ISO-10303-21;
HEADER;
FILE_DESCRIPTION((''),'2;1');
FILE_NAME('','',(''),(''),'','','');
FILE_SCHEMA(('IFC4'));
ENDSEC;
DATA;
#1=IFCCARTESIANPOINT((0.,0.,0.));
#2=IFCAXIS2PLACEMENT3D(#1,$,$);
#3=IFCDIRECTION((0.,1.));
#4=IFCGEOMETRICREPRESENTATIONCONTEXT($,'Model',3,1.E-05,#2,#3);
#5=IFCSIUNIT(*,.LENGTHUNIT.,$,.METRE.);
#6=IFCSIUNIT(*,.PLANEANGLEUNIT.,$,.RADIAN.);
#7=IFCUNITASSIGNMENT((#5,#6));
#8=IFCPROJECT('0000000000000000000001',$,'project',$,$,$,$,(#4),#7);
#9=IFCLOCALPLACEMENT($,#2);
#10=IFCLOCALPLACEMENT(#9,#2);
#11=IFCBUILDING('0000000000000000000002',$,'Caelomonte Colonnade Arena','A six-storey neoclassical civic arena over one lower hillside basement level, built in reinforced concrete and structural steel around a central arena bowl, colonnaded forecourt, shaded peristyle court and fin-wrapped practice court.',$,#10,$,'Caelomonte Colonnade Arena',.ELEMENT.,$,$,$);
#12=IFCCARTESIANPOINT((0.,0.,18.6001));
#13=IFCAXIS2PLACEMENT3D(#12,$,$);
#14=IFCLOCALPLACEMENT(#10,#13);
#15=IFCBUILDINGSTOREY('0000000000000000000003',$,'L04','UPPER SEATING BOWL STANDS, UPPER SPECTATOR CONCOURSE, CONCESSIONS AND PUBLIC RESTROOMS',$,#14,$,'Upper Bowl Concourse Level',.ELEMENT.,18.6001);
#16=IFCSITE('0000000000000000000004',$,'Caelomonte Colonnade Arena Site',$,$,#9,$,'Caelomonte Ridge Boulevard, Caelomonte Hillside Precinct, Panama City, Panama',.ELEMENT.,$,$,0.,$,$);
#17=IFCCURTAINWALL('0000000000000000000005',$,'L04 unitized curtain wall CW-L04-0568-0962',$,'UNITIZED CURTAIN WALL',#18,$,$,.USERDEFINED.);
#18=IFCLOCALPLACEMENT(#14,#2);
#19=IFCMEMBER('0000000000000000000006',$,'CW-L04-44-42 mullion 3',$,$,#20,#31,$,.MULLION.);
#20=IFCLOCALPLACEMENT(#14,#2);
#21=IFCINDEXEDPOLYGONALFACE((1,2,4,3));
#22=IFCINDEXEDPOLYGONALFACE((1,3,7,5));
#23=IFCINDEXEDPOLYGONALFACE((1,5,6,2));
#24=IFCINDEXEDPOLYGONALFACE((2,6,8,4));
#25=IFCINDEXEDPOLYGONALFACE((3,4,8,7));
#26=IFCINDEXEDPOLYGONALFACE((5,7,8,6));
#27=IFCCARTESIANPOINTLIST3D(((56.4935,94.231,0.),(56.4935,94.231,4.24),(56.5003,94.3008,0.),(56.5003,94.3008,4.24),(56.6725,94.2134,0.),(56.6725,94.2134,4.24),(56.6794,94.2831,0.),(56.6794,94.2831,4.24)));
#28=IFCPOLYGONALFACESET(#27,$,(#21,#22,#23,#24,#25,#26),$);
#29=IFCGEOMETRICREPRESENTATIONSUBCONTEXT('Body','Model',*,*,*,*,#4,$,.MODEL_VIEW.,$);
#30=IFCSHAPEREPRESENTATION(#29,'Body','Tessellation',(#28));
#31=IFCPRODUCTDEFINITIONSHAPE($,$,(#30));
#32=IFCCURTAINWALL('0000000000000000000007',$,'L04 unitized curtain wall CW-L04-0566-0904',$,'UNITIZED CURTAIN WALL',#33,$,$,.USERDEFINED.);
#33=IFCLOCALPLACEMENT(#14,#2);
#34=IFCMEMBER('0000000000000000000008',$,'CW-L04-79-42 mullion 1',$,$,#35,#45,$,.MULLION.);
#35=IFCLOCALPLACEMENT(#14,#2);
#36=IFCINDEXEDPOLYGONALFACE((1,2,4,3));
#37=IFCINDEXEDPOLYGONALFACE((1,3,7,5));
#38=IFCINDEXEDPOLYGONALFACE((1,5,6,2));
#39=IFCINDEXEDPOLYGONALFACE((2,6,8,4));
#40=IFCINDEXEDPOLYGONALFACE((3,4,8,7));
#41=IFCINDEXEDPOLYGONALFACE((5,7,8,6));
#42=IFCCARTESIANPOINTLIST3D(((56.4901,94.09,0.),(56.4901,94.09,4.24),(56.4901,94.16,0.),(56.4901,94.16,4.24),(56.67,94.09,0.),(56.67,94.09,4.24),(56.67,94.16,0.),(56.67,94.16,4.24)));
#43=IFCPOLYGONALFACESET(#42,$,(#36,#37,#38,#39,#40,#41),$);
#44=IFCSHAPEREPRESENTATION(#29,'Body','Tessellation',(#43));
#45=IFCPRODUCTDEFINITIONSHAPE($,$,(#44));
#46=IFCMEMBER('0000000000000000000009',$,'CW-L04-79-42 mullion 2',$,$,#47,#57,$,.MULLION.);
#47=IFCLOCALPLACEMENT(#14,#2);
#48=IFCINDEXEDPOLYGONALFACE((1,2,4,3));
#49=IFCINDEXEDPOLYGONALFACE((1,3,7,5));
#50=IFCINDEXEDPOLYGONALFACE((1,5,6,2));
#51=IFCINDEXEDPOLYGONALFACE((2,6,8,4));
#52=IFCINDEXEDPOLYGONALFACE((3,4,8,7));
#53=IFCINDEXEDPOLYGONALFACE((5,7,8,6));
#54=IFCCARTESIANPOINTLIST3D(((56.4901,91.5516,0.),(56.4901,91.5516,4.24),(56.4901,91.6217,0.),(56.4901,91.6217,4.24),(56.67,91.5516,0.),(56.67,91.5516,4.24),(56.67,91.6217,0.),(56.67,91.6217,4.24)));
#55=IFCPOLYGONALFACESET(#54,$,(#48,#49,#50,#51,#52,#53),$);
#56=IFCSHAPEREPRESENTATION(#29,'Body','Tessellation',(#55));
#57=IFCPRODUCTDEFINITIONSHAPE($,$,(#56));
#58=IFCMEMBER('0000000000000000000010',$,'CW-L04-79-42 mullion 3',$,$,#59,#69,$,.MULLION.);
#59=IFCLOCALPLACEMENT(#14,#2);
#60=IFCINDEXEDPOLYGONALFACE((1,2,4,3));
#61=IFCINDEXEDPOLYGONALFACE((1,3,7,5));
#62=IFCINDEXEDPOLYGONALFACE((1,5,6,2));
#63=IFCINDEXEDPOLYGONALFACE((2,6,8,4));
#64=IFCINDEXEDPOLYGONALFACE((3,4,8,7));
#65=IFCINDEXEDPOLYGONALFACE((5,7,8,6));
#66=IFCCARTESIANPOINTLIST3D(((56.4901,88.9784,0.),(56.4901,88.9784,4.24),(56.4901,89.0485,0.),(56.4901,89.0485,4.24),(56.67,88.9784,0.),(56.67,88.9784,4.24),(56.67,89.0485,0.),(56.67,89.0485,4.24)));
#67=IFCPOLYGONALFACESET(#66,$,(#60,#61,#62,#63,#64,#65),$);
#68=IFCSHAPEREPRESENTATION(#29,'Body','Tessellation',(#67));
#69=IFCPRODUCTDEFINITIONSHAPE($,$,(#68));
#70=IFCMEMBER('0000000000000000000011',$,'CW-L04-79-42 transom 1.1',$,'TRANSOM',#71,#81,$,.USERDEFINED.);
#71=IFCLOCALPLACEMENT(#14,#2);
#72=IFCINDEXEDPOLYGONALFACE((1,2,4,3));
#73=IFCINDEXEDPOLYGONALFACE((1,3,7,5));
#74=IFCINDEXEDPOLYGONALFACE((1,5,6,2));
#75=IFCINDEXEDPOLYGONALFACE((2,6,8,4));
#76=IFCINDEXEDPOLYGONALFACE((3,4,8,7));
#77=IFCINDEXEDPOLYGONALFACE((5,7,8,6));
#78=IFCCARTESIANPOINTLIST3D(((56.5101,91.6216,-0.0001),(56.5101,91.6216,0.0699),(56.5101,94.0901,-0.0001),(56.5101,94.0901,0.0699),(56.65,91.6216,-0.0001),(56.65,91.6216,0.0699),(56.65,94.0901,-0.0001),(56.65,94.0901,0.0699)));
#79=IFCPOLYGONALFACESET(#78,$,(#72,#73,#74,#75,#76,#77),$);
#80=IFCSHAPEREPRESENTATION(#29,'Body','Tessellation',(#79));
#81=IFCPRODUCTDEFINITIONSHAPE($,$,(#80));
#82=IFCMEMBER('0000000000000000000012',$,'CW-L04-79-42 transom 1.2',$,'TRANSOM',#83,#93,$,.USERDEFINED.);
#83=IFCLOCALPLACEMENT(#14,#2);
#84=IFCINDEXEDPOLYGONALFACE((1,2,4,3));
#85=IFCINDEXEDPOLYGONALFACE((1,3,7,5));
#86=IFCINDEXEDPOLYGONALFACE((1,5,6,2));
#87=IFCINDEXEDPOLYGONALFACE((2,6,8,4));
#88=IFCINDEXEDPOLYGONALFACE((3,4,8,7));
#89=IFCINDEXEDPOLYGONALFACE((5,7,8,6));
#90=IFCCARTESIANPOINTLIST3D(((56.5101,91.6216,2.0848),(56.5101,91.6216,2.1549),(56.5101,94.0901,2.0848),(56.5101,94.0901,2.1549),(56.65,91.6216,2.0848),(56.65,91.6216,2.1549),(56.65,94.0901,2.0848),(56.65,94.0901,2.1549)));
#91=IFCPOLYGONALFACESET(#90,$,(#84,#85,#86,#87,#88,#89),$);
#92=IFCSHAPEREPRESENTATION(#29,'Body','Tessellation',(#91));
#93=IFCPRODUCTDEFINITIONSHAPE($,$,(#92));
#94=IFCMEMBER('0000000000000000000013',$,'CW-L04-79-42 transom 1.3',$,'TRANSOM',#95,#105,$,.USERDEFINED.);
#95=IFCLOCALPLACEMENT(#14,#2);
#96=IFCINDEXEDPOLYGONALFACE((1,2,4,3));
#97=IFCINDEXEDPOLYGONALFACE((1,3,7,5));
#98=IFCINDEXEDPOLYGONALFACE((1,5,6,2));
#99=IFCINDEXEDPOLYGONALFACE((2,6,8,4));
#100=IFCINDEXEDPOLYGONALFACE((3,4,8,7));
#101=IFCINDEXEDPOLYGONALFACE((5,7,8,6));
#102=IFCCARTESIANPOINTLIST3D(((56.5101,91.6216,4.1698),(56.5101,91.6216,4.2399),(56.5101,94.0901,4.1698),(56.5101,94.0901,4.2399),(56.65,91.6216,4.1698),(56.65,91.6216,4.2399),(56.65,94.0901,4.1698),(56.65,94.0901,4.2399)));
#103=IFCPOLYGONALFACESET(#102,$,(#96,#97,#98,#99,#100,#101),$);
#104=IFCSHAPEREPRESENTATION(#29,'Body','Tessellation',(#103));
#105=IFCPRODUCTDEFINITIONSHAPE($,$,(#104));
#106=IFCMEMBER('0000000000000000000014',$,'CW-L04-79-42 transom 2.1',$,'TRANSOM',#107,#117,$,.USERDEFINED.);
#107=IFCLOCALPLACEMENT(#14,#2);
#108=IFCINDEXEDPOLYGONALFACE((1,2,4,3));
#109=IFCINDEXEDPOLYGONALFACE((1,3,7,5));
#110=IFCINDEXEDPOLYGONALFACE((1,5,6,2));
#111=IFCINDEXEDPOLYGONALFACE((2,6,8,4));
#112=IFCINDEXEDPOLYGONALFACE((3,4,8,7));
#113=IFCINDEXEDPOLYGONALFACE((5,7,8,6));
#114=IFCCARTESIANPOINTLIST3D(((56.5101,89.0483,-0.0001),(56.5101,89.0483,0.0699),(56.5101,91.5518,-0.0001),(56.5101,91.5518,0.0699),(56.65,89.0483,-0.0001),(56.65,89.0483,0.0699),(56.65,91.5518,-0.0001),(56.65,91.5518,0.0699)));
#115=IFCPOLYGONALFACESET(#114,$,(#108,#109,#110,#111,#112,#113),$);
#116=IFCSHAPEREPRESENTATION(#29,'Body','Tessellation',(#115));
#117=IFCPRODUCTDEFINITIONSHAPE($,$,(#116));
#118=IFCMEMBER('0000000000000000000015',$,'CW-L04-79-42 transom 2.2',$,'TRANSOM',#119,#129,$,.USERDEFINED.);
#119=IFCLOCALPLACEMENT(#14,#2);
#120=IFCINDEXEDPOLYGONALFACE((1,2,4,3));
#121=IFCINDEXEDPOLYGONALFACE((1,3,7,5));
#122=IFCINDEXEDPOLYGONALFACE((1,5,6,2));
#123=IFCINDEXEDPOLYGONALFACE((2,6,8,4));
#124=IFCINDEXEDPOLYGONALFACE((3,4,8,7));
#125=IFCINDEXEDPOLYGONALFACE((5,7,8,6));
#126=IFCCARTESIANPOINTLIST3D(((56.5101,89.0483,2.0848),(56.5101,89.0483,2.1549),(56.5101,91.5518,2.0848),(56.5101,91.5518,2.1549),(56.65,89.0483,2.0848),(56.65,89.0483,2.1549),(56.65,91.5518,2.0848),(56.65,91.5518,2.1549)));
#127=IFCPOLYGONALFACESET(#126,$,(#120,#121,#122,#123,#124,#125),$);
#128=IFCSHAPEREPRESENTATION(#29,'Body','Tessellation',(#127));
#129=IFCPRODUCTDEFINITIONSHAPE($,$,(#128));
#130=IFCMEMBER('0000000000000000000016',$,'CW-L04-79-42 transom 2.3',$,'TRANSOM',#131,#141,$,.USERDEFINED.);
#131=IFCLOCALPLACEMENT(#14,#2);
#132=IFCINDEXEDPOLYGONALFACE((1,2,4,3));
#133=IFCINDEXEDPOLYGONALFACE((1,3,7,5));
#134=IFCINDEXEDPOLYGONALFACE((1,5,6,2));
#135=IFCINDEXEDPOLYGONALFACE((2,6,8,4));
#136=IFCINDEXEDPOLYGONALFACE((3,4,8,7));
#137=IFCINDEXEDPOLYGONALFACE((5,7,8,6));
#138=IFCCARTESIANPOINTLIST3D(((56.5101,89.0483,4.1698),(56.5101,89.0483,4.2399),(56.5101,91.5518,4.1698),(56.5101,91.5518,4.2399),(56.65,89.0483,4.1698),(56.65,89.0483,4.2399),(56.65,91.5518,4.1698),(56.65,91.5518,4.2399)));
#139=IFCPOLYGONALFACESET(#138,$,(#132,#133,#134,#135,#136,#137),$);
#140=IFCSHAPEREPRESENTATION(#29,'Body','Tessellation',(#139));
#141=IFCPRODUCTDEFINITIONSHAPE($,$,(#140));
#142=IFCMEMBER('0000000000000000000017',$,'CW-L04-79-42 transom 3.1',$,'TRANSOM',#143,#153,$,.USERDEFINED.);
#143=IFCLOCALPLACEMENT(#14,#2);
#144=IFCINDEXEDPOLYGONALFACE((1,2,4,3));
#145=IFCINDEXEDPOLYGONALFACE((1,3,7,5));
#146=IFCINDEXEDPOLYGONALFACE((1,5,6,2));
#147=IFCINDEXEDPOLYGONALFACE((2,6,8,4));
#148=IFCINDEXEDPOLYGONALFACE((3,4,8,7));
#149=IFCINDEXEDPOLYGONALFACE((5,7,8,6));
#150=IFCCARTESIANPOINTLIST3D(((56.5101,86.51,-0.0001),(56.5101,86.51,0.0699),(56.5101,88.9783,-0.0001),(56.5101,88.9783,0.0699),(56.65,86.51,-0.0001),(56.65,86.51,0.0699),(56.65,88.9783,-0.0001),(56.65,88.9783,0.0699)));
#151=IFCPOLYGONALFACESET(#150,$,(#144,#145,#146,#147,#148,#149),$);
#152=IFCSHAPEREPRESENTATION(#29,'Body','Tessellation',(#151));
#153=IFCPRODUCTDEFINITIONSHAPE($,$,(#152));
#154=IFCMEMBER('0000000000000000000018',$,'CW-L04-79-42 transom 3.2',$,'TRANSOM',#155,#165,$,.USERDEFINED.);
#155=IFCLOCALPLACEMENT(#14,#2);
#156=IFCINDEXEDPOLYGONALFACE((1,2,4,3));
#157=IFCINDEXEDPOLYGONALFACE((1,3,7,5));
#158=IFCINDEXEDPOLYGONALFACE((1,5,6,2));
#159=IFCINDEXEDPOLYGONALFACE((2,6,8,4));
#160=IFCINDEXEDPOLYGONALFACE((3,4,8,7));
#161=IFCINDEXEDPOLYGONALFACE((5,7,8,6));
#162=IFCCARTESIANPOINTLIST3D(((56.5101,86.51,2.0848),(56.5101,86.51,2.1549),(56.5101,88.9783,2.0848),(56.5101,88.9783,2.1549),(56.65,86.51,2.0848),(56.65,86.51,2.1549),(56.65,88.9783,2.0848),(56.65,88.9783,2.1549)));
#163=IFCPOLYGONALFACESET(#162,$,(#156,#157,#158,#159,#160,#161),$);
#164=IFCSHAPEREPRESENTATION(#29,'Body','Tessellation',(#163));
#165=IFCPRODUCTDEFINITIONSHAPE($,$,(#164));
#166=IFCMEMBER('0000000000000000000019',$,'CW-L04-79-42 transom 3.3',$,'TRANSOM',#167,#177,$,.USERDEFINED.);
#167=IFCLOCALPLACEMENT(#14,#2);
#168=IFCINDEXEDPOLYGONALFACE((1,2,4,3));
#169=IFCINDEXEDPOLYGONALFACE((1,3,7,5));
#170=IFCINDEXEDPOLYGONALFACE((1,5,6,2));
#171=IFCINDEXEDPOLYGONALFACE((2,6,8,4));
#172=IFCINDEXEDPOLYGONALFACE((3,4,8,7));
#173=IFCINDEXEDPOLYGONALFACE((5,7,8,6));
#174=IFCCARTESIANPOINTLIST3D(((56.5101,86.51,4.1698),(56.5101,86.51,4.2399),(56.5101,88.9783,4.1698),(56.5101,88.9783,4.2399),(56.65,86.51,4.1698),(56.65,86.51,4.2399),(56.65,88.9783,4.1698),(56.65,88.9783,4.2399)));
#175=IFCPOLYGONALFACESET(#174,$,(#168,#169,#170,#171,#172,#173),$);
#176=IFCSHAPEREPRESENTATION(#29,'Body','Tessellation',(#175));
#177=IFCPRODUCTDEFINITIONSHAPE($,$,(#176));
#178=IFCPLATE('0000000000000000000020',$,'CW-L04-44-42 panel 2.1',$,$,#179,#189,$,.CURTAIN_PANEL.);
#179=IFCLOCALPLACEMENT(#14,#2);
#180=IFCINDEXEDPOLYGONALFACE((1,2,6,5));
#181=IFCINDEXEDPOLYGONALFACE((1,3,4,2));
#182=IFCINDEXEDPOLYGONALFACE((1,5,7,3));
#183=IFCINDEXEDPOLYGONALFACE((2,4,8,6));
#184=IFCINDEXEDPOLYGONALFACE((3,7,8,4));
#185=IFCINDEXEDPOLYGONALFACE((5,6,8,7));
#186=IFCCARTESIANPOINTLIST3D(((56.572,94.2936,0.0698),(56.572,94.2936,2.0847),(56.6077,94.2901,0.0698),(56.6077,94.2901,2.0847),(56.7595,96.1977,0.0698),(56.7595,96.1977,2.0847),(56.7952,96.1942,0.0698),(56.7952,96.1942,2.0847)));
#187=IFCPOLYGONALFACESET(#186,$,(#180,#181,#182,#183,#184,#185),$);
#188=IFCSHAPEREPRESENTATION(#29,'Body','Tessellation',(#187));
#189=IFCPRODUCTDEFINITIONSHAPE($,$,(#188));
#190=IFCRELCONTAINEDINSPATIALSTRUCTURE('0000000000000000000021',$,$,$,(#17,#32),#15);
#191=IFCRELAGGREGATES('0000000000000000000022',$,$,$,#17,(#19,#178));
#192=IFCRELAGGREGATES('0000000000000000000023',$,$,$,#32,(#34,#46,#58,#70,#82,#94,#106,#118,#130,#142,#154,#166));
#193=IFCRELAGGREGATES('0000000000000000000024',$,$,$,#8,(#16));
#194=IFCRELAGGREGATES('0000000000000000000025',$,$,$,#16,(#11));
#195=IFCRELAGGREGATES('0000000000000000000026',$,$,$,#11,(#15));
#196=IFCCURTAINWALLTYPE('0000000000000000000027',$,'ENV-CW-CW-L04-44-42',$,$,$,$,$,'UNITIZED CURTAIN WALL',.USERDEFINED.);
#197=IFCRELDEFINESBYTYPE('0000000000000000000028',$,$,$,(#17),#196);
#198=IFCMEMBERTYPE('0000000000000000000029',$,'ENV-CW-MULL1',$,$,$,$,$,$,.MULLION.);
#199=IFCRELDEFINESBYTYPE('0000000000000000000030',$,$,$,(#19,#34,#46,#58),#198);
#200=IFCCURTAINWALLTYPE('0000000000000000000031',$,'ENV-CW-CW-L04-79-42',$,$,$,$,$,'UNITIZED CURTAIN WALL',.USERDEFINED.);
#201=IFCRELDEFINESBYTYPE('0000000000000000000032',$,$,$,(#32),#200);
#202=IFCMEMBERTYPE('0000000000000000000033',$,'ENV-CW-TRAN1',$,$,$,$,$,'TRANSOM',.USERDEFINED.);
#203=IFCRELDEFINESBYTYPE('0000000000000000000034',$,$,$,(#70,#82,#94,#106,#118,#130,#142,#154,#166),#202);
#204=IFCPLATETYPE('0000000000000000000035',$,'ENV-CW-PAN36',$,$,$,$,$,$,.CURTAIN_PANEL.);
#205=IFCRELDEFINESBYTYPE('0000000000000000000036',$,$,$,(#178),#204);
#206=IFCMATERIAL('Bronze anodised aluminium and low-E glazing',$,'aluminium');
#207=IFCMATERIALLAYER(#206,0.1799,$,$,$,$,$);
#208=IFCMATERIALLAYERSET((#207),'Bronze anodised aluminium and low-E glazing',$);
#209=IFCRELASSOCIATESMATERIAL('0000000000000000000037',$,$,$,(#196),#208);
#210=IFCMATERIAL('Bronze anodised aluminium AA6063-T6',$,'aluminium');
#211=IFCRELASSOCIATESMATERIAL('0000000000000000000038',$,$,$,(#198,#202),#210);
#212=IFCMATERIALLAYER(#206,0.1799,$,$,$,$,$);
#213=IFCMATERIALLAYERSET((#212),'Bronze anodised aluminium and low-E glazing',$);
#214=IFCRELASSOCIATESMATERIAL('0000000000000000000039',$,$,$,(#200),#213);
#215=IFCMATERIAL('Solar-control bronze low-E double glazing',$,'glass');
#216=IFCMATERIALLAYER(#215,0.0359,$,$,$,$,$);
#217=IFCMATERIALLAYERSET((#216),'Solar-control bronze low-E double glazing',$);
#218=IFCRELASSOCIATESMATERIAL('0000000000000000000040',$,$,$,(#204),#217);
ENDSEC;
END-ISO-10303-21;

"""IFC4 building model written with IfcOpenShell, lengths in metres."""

from ifc_helpers import new_model, si_unit, direction, frame, origin, origin_2d, place, context, subcontext, project, spatial, rectangle, extrude, material, layer, layer_set, material_profile, profile_set, type_object, element, aggregate, save


model = new_model("IFC4")

# Units and contexts
model_context = context("Model", 3, precision=1e-05, world=origin(), true_north=direction((0.0, 1.0)))
body_context = subcontext(model_context, "Body", "Model", "MODEL_VIEW")
ifc_project = project(units=[si_unit("LENGTHUNIT", "METRE"), si_unit("PLANEANGLEUNIT", "RADIAN")], contexts=[model_context])

# Site, building, storey
site_placement = place(None, origin())
site = spatial("IfcSite", under=ifc_project, at=site_placement, Name="Caelomonte Colonnade Arena Site", LongName="Caelomonte Ridge Boulevard, Caelomonte Hillside Precinct, Panama City, Panama", CompositionType="ELEMENT", RefElevation=0.0)
building_placement = place(site_placement, origin())
building = spatial("IfcBuilding", under=site, at=building_placement, Name="Caelomonte Colonnade Arena", Description="A six-storey neoclassical civic arena over one lower hillside basement level, built in reinforced concrete and structural steel around a central arena bowl, colonnaded forecourt, shaded peristyle court and fin-wrapped practice court.", LongName="Caelomonte Colonnade Arena", CompositionType="ELEMENT")
storey_placement = place(building_placement, frame((0.0, 0.0, 18.6001)))
storey = spatial("IfcBuildingStorey", under=building, at=storey_placement, Name="L04", Description="UPPER SEATING BOWL STANDS, UPPER SPECTATOR CONCOURSE, CONCESSIONS AND PUBLIC RESTROOMS", LongName="Upper Bowl Concourse Level", CompositionType="ELEMENT", Elevation=18.6001)

# Curtain wall, member
ifc_material_1 = material(Name="Bronze anodised aluminium and low-E glazing", Category="aluminium")
ifc_layer_1 = layer(ifc_material_1, 0.1799)
ifc_layer_set_1 = layer_set([ifc_layer_1], Name="Bronze anodised aluminium and low-E glazing")
curtain_wall_type_1 = type_object("IfcCurtainWallType", Name="ENV-CW-CW-L04-44-42", ElementType="UNITIZED CURTAIN WALL", PredefinedType="USERDEFINED", material=ifc_layer_set_1)
curtain_wall_1_placement = place(storey_placement, origin())
curtain_wall_1 = element("IfcCurtainWall", 1, at=curtain_wall_1_placement, inside=storey, type_object=curtain_wall_type_1, Name="L04 unitized curtain wall CW-L04-0568-0962", ObjectType="UNITIZED CURTAIN WALL", PredefinedType="USERDEFINED")
ifc_material_2 = material(Name="Bronze anodised aluminium AA6063-T6", Category="aluminium")
ifc_material_profile_1 = material_profile(ifc_material_2, rectangle(XDim=0.0701, YDim=0.1799, at=origin_2d()), Name="CWM-70X180")
ifc_profile_set_1 = profile_set([ifc_material_profile_1], Name="Bronze anodised aluminium AA6063-T6")
member_type_1 = type_object("IfcMemberType", Name="ENV-CW-MULL1", PredefinedType="MULLION", material=ifc_profile_set_1)
member_1_placement = place(storey_placement, frame((56.5864, 94.2571, 0.0), z_axis=(0.0, 0.0, 1.0), x_axis=(-0.098002, -0.995186, 0.0)))
member_1 = element("IfcMember", 2, at=member_1_placement, type_object=member_type_1, Name="CW-L04-44-42 mullion 3", PredefinedType="MULLION", context=body_context, shape_type="SweptSolid", body=[
    extrude(rectangle(XDim=0.0701, YDim=0.1799, at=origin_2d()), origin(), (0.0, 0.0, 1.0), 4.24),
])

# Curtain wall, members
ifc_layer_2 = layer(ifc_material_1, 0.1799)
ifc_layer_set_2 = layer_set([ifc_layer_2], Name="Bronze anodised aluminium and low-E glazing")
curtain_wall_type_2 = type_object("IfcCurtainWallType", Name="ENV-CW-CW-L04-79-42", ElementType="UNITIZED CURTAIN WALL", PredefinedType="USERDEFINED", material=ifc_layer_set_2)
curtain_wall_2_placement = place(storey_placement, origin())
curtain_wall_2 = element("IfcCurtainWall", 3, at=curtain_wall_2_placement, inside=storey, type_object=curtain_wall_type_2, Name="L04 unitized curtain wall CW-L04-0566-0904", ObjectType="UNITIZED CURTAIN WALL", PredefinedType="USERDEFINED")
member_2_placement = place(storey_placement, frame((56.5801, 94.125, 0.0), z_axis=(0.0, 0.0, 1.0), x_axis=(0.0, -1.0, 0.0)))
member_2 = element("IfcMember", 4, at=member_2_placement, type_object=member_type_1, Name="CW-L04-79-42 mullion 1", PredefinedType="MULLION", context=body_context, shape_type="SweptSolid", body=[
    extrude(rectangle(XDim=0.0701, YDim=0.1799, at=origin_2d()), origin(), (0.0, 0.0, 1.0), 4.24),
])
member_3_placement = place(storey_placement, frame((56.5801, 91.5867, 0.0), z_axis=(0.0, 0.0, 1.0), x_axis=(0.0, -1.0, 0.0)))
member_3 = element("IfcMember", 5, at=member_3_placement, type_object=member_type_1, Name="CW-L04-79-42 mullion 2", PredefinedType="MULLION", context=body_context, shape_type="SweptSolid", body=[
    extrude(rectangle(XDim=0.0701, YDim=0.1799, at=origin_2d()), origin(), (0.0, 0.0, 1.0), 4.24),
])
member_4_placement = place(storey_placement, frame((56.5801, 89.0134, 0.0), z_axis=(0.0, 0.0, 1.0), x_axis=(0.0, -1.0, 0.0)))
member_4 = element("IfcMember", 6, at=member_4_placement, type_object=member_type_1, Name="CW-L04-79-42 mullion 3", PredefinedType="MULLION", context=body_context, shape_type="SweptSolid", body=[
    extrude(rectangle(XDim=0.0701, YDim=0.1799, at=origin_2d()), origin(), (0.0, 0.0, 1.0), 4.24),
])
ifc_material_profile_2 = material_profile(ifc_material_2, rectangle(XDim=0.0701, YDim=0.1399, at=origin_2d()), Name="CWT-70X140")
ifc_profile_set_2 = profile_set([ifc_material_profile_2], Name="Bronze anodised aluminium AA6063-T6")
member_type_2 = type_object("IfcMemberType", Name="ENV-CW-TRAN1", ElementType="TRANSOM", PredefinedType="USERDEFINED", material=ifc_profile_set_2)
member_5_placement = place(storey_placement, frame((56.5801, 94.0901, 0.0349), z_axis=(0.0, -1.0, 0.0), x_axis=(0.0, 0.0, 1.0)))
member_5 = element("IfcMember", 7, at=member_5_placement, type_object=member_type_2, Name="CW-L04-79-42 transom 1.1", ObjectType="TRANSOM", PredefinedType="USERDEFINED", context=body_context, shape_type="SweptSolid", body=[
    extrude(rectangle(XDim=0.0701, YDim=0.1399, at=origin_2d()), origin(), (0.0, 0.0, 1.0), 2.4685),
])
member_6_placement = place(storey_placement, frame((56.5801, 94.0901, 2.1199), z_axis=(0.0, -1.0, 0.0), x_axis=(0.0, 0.0, 1.0)))
member_6 = element("IfcMember", 8, at=member_6_placement, type_object=member_type_2, Name="CW-L04-79-42 transom 1.2", ObjectType="TRANSOM", PredefinedType="USERDEFINED", context=body_context, shape_type="SweptSolid", body=[
    extrude(rectangle(XDim=0.0701, YDim=0.1399, at=origin_2d()), origin(), (0.0, 0.0, 1.0), 2.4685),
])
member_7_placement = place(storey_placement, frame((56.5801, 94.0901, 4.2048), z_axis=(0.0, -1.0, 0.0), x_axis=(0.0, 0.0, 1.0)))
member_7 = element("IfcMember", 9, at=member_7_placement, type_object=member_type_2, Name="CW-L04-79-42 transom 1.3", ObjectType="TRANSOM", PredefinedType="USERDEFINED", context=body_context, shape_type="SweptSolid", body=[
    extrude(rectangle(XDim=0.0701, YDim=0.1399, at=origin_2d()), origin(), (0.0, 0.0, 1.0), 2.4685),
])
member_8_placement = place(storey_placement, frame((56.5801, 91.5518, 0.0349), z_axis=(0.0, -1.0, 0.0), x_axis=(0.0, 0.0, 1.0)))
member_8 = element("IfcMember", 10, at=member_8_placement, type_object=member_type_2, Name="CW-L04-79-42 transom 2.1", ObjectType="TRANSOM", PredefinedType="USERDEFINED", context=body_context, shape_type="SweptSolid", body=[
    extrude(rectangle(XDim=0.0701, YDim=0.1399, at=origin_2d()), origin(), (0.0, 0.0, 1.0), 2.5034),
])
member_9_placement = place(storey_placement, frame((56.5801, 91.5518, 2.1199), z_axis=(0.0, -1.0, 0.0), x_axis=(0.0, 0.0, 1.0)))
member_9 = element("IfcMember", 11, at=member_9_placement, type_object=member_type_2, Name="CW-L04-79-42 transom 2.2", ObjectType="TRANSOM", PredefinedType="USERDEFINED", context=body_context, shape_type="SweptSolid", body=[
    extrude(rectangle(XDim=0.0701, YDim=0.1399, at=origin_2d()), origin(), (0.0, 0.0, 1.0), 2.5034),
])
member_10_placement = place(storey_placement, frame((56.5801, 91.5518, 4.2048), z_axis=(0.0, -1.0, 0.0), x_axis=(0.0, 0.0, 1.0)))
member_10 = element("IfcMember", 12, at=member_10_placement, type_object=member_type_2, Name="CW-L04-79-42 transom 2.3", ObjectType="TRANSOM", PredefinedType="USERDEFINED", context=body_context, shape_type="SweptSolid", body=[
    extrude(rectangle(XDim=0.0701, YDim=0.1399, at=origin_2d()), origin(), (0.0, 0.0, 1.0), 2.5034),
])
member_11_placement = place(storey_placement, frame((56.5801, 88.9783, 0.0349), z_axis=(0.0, -1.0, 0.0), x_axis=(0.0, 0.0, 1.0)))
member_11 = element("IfcMember", 13, at=member_11_placement, type_object=member_type_2, Name="CW-L04-79-42 transom 3.1", ObjectType="TRANSOM", PredefinedType="USERDEFINED", context=body_context, shape_type="SweptSolid", body=[
    extrude(rectangle(XDim=0.0701, YDim=0.1399, at=origin_2d()), origin(), (0.0, 0.0, 1.0), 2.4683),
])
member_12_placement = place(storey_placement, frame((56.5801, 88.9783, 2.1199), z_axis=(0.0, -1.0, 0.0), x_axis=(0.0, 0.0, 1.0)))
member_12 = element("IfcMember", 14, at=member_12_placement, type_object=member_type_2, Name="CW-L04-79-42 transom 3.2", ObjectType="TRANSOM", PredefinedType="USERDEFINED", context=body_context, shape_type="SweptSolid", body=[
    extrude(rectangle(XDim=0.0701, YDim=0.1399, at=origin_2d()), origin(), (0.0, 0.0, 1.0), 2.4683),
])
member_13_placement = place(storey_placement, frame((56.5801, 88.9783, 4.2048), z_axis=(0.0, -1.0, 0.0), x_axis=(0.0, 0.0, 1.0)))
member_13 = element("IfcMember", 15, at=member_13_placement, type_object=member_type_2, Name="CW-L04-79-42 transom 3.3", ObjectType="TRANSOM", PredefinedType="USERDEFINED", context=body_context, shape_type="SweptSolid", body=[
    extrude(rectangle(XDim=0.0701, YDim=0.1399, at=origin_2d()), origin(), (0.0, 0.0, 1.0), 2.4683),
])

# Plate
ifc_material_3 = material(Name="Solar-control bronze low-E double glazing", Category="glass")
ifc_layer_3 = layer(ifc_material_3, 0.0359)
ifc_layer_set_3 = layer_set([ifc_layer_3], Name="Solar-control bronze low-E double glazing")
plate_type = type_object("IfcPlateType", Name="ENV-CW-PAN36", PredefinedType="CURTAIN_PANEL", material=ifc_layer_set_3)
plate_1_placement = place(storey_placement, frame((56.6836, 95.2439, 0.0698), z_axis=(0.0, 0.0, 1.0), x_axis=(-0.098002, -0.995186, 0.0)))
plate_1 = element("IfcPlate", 16, at=plate_1_placement, type_object=plate_type, Name="CW-L04-44-42 panel 2.1", PredefinedType="CURTAIN_PANEL", context=body_context, shape_type="SweptSolid", body=[
    extrude(rectangle(XDim=1.9133, YDim=0.0359, at=origin_2d()), origin(), (0.0, 0.0, 1.0), 2.0149),
])
aggregate(curtain_wall_1, [member_1, plate_1])
aggregate(curtain_wall_2, [member_2, member_3, member_4, member_5, member_6, member_7, member_8, member_9, member_10, member_11, member_12, member_13])

save(model, "model.ifc")
